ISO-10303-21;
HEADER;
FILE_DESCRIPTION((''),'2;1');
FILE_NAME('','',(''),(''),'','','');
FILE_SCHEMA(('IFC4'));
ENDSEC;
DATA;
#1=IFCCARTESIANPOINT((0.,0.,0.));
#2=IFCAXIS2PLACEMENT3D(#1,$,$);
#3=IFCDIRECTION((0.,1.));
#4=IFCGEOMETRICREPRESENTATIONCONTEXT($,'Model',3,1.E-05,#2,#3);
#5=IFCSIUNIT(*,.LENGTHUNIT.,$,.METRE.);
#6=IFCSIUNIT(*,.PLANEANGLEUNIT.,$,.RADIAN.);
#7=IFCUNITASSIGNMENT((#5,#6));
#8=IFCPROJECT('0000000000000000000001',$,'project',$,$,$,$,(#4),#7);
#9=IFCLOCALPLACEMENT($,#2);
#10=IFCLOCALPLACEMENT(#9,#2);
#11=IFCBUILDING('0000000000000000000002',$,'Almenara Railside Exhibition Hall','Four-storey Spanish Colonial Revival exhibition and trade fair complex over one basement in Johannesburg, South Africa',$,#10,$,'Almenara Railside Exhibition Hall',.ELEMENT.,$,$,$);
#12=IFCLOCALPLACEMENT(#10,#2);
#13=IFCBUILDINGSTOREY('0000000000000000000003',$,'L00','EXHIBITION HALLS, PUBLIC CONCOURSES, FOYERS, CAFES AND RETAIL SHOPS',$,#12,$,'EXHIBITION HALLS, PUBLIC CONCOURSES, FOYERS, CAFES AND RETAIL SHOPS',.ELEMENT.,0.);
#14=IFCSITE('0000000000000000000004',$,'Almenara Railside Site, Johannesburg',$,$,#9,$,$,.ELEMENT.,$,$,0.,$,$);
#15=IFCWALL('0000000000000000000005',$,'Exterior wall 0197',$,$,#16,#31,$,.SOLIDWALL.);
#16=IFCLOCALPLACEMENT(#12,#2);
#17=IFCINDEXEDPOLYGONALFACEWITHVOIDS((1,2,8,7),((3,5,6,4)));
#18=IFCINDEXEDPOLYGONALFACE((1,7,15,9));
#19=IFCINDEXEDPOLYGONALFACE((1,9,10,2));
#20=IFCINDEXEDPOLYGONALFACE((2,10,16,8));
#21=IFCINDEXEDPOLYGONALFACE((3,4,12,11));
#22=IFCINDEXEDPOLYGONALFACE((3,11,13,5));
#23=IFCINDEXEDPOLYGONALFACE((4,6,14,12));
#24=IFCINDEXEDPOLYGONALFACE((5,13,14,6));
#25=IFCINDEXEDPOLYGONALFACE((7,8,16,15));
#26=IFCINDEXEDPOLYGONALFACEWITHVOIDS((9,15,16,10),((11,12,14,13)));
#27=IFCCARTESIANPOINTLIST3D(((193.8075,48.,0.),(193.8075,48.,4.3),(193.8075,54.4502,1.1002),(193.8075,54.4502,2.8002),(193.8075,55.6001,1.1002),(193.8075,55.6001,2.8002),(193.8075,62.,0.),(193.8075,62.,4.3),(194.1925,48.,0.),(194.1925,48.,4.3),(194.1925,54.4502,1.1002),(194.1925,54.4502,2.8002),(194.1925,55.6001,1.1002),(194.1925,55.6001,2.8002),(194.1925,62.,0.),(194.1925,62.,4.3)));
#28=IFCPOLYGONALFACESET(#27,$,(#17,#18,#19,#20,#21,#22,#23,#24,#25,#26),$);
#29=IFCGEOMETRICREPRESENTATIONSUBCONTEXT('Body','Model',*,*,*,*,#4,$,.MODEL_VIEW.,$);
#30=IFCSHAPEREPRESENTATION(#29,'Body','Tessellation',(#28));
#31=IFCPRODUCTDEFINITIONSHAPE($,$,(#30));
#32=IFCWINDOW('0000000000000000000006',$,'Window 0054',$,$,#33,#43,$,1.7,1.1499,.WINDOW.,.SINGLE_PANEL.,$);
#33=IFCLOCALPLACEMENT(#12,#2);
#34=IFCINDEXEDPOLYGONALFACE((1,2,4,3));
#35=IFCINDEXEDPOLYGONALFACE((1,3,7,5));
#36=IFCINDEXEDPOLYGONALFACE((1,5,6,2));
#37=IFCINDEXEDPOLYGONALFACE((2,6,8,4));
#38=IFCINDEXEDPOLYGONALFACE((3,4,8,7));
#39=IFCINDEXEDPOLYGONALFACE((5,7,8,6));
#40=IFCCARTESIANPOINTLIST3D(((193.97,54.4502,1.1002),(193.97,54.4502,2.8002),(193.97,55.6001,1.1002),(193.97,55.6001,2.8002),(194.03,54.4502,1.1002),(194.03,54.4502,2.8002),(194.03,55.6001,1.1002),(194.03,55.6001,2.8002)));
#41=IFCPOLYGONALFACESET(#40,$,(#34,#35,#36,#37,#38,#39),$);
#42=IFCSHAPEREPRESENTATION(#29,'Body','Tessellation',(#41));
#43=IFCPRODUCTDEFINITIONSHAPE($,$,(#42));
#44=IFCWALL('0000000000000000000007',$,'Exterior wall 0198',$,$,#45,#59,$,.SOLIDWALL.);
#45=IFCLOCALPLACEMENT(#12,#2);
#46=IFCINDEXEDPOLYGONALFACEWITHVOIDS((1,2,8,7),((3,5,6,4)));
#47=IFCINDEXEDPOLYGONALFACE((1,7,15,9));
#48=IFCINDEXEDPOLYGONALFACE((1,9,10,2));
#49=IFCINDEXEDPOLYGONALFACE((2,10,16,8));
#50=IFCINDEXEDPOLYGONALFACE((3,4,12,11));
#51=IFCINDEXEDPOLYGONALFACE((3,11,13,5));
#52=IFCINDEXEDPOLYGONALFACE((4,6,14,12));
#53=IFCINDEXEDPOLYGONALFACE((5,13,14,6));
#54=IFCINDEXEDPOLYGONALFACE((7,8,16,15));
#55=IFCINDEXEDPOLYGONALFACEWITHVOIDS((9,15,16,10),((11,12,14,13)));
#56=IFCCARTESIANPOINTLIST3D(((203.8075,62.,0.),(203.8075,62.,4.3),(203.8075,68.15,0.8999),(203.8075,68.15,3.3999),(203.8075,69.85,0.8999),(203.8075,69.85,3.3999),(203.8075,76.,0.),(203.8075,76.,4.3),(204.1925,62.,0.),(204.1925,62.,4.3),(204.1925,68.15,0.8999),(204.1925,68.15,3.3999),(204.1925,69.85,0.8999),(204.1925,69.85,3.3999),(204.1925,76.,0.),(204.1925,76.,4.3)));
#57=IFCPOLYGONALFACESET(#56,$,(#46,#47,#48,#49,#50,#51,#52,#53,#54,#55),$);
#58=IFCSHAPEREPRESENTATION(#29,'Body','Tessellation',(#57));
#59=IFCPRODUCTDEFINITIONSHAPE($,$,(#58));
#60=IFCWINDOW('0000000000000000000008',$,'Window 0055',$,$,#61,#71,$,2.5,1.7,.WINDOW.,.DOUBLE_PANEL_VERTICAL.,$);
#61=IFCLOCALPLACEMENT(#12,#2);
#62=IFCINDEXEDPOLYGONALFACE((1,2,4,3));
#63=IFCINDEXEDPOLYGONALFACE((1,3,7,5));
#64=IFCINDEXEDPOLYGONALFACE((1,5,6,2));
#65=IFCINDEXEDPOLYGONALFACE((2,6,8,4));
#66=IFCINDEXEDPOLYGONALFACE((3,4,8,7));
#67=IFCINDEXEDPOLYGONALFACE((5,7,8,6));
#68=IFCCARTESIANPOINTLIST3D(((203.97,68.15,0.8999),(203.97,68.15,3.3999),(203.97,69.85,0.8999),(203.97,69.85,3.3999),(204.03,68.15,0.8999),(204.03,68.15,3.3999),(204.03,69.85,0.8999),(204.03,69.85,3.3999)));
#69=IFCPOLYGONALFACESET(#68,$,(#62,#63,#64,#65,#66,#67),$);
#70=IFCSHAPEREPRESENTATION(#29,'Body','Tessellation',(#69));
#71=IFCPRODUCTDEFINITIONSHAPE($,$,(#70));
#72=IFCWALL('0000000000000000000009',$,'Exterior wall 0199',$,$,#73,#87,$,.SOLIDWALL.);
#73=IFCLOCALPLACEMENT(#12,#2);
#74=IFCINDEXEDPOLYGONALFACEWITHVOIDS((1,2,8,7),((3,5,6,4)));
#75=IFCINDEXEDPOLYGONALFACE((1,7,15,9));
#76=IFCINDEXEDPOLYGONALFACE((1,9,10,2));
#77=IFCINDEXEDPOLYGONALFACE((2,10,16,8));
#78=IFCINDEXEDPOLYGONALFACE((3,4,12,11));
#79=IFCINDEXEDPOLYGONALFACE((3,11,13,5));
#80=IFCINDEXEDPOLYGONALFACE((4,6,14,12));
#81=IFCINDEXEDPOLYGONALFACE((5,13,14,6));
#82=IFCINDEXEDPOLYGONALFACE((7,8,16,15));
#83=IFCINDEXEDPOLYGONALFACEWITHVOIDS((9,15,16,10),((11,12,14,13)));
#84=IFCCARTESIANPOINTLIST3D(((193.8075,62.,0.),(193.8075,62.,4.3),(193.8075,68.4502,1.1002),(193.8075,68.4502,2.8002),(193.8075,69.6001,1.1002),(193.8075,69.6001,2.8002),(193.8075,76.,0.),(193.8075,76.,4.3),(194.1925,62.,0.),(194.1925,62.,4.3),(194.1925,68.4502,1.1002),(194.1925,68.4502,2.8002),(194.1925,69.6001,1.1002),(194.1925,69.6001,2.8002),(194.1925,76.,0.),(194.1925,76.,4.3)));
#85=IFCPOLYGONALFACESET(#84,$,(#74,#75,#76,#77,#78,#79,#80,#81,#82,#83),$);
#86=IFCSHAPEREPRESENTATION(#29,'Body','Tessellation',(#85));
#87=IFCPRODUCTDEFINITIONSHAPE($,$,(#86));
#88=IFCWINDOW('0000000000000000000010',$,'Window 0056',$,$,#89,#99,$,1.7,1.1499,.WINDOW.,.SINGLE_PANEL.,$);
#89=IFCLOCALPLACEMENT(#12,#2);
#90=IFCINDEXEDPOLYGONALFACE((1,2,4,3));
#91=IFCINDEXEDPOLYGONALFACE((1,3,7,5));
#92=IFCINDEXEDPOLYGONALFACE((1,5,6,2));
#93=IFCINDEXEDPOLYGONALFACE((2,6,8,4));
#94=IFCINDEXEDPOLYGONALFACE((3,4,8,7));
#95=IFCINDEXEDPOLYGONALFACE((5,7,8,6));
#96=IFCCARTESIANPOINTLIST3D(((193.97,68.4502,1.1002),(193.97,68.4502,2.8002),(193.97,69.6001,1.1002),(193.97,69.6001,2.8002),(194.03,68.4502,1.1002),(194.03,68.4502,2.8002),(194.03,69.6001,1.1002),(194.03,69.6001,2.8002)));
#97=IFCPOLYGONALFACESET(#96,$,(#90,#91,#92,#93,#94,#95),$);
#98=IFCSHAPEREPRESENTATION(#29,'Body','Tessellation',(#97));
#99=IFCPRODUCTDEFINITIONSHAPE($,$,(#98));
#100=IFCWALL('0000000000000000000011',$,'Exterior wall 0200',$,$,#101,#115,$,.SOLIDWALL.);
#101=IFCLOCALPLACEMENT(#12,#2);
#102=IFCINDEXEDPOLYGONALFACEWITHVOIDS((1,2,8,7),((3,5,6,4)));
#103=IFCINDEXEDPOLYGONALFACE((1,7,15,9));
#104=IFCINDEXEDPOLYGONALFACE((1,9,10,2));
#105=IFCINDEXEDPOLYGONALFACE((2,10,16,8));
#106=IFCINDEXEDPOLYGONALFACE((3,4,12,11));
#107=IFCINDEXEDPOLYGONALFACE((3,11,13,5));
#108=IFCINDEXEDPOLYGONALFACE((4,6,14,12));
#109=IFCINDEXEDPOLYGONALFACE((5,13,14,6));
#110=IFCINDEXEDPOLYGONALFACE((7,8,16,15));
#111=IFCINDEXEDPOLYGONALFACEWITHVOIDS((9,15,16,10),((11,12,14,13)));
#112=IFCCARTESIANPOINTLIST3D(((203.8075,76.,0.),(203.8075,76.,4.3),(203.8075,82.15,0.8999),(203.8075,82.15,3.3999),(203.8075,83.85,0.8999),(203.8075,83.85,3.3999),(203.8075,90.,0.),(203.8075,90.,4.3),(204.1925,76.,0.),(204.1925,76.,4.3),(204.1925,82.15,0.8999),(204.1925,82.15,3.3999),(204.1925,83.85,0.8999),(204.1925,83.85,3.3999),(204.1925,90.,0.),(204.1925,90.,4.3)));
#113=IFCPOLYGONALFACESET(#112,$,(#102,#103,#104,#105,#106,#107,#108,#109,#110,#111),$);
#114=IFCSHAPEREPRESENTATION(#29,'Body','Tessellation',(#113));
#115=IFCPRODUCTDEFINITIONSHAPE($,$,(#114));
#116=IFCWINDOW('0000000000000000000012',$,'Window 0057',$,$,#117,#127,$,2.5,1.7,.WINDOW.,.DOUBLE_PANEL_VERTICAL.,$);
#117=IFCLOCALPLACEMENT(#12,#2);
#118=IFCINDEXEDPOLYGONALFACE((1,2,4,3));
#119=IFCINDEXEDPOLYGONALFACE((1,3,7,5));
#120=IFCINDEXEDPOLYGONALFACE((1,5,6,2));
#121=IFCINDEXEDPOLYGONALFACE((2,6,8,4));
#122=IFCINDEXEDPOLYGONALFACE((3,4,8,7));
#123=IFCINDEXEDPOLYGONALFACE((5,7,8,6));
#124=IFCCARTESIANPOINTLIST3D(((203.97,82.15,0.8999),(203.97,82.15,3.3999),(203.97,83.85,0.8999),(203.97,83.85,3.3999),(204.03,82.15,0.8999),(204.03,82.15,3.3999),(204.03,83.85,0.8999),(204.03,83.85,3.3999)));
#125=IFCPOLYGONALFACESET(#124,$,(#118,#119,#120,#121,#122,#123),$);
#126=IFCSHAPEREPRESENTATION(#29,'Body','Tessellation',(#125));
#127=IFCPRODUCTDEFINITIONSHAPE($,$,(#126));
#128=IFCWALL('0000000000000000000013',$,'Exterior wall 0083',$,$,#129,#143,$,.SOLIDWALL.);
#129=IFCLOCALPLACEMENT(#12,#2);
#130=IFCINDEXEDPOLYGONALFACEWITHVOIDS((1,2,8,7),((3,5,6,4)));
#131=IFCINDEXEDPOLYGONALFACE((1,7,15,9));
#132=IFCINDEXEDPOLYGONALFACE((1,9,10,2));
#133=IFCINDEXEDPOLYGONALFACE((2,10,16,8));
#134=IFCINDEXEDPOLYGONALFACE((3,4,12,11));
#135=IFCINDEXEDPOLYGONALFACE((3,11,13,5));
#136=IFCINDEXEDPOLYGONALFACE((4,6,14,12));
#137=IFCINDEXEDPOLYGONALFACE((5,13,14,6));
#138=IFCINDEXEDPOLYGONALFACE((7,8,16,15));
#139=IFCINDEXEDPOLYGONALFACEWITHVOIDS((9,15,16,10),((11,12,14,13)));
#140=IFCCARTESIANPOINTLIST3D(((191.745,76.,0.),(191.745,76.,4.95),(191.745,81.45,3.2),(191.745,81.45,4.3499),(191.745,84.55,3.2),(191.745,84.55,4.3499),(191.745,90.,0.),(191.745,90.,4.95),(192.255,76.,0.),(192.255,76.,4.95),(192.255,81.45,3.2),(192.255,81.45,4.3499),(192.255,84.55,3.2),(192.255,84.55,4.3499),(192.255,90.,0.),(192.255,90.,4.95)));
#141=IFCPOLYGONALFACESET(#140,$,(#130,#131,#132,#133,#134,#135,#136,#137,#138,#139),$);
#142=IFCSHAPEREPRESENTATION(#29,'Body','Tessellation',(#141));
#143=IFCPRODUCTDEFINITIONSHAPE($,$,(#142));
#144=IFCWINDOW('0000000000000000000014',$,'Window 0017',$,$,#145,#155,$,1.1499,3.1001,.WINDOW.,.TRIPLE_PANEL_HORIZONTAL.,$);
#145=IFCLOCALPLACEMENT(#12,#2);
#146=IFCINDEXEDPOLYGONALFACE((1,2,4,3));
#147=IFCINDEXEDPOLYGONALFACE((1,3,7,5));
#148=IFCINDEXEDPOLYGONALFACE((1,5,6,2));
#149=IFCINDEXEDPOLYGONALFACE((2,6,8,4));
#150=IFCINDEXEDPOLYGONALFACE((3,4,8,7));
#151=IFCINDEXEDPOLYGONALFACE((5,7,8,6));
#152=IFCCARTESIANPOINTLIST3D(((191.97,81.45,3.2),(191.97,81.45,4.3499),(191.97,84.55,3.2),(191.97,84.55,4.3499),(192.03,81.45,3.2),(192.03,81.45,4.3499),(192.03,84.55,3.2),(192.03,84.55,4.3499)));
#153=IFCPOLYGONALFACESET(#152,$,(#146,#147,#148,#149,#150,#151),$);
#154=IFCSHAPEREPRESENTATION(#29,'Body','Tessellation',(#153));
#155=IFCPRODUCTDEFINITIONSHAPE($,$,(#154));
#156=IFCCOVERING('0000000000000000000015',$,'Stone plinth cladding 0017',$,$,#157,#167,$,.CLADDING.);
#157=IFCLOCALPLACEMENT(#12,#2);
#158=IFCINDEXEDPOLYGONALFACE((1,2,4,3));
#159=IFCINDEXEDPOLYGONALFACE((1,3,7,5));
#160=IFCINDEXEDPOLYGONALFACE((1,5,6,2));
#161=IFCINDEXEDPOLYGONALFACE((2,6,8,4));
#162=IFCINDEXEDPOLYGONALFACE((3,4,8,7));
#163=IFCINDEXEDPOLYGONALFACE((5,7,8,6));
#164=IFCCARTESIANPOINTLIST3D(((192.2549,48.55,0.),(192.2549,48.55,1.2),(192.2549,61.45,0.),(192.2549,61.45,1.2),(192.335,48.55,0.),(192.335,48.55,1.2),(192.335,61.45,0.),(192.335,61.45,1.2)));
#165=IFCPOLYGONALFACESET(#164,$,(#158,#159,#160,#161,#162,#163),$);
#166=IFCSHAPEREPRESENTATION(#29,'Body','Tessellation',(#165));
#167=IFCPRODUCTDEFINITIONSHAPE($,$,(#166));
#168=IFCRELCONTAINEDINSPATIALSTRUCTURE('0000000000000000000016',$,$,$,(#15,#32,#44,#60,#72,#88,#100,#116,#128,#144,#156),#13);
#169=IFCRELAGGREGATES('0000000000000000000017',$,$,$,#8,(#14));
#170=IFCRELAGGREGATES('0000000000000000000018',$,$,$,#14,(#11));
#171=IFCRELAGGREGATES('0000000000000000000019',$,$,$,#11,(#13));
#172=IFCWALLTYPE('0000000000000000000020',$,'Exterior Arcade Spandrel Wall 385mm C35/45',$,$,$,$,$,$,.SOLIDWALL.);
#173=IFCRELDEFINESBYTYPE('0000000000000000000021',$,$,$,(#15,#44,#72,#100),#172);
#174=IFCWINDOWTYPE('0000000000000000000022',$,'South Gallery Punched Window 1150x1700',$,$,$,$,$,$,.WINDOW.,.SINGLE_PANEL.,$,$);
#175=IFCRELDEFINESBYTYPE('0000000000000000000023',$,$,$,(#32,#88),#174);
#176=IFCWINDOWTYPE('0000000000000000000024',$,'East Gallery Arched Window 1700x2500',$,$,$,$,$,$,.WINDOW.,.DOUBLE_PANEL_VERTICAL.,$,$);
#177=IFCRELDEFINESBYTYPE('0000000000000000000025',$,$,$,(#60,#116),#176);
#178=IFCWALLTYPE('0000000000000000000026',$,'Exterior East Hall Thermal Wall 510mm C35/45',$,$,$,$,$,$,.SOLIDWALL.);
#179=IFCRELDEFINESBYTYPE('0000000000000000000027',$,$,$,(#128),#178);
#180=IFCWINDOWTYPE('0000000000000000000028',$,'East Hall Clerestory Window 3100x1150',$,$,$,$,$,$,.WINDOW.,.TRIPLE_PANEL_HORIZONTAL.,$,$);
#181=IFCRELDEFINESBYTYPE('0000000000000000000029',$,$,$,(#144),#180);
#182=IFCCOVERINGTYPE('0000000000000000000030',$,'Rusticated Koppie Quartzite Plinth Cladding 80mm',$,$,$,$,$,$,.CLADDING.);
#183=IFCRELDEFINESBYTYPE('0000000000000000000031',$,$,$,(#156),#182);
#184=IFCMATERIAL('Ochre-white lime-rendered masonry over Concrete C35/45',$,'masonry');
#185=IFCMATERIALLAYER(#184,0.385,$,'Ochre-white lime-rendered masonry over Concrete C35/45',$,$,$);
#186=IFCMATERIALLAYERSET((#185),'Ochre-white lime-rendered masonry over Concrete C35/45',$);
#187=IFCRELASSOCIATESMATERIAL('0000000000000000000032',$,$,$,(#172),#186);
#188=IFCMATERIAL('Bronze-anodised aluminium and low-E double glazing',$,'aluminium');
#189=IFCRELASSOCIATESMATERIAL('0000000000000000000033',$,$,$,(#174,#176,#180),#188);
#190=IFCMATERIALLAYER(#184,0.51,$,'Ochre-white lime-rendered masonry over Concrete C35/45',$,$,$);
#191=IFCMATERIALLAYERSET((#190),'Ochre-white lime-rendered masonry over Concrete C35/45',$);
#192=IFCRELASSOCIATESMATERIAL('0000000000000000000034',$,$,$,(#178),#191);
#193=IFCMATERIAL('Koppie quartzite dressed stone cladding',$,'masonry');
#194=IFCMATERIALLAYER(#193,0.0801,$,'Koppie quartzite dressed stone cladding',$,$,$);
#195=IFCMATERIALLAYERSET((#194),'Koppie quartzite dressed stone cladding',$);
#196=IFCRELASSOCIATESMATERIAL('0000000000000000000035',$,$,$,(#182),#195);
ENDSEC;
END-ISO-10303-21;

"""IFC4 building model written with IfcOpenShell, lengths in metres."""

from ifc_helpers import new_model, si_unit, direction, frame, frame_2d, origin, origin_2d, place, context, subcontext, project, spatial, rectangle, extrude, material, layer, layer_set, type_object, element, fill, save


model = new_model("IFC4")

# Units and contexts
model_context = context("Model", 3, precision=1e-05, world=origin(), true_north=direction((0.0, 1.0)))
body_context = subcontext(model_context, "Body", "Model", "MODEL_VIEW")
ifc_project = project(units=[si_unit("LENGTHUNIT", "METRE"), si_unit("PLANEANGLEUNIT", "RADIAN")], contexts=[model_context])

# Site, building, storey
site_placement = place(None, origin())
site = spatial("IfcSite", under=ifc_project, at=site_placement, Name="Almenara Railside Site, Johannesburg", CompositionType="ELEMENT", RefElevation=0.0)
building_placement = place(site_placement, origin())
building = spatial("IfcBuilding", under=site, at=building_placement, Name="Almenara Railside Exhibition Hall", Description="Four-storey Spanish Colonial Revival exhibition and trade fair complex over one basement in Johannesburg, South Africa", LongName="Almenara Railside Exhibition Hall", CompositionType="ELEMENT")
storey_placement = place(building_placement, origin())
storey = spatial("IfcBuildingStorey", under=building, at=storey_placement, Name="L00", Description="EXHIBITION HALLS, PUBLIC CONCOURSES, FOYERS, CAFES AND RETAIL SHOPS", LongName="EXHIBITION HALLS, PUBLIC CONCOURSES, FOYERS, CAFES AND RETAIL SHOPS", CompositionType="ELEMENT", Elevation=0.0)

# Walls, openings, windows
ifc_material_1 = material(Name="Ochre-white lime-rendered masonry over Concrete C35/45", Category="masonry")
ifc_layer_1 = layer(ifc_material_1, 0.385, Name="Ochre-white lime-rendered masonry over Concrete C35/45")
ifc_layer_set_1 = layer_set([ifc_layer_1], Name="Ochre-white lime-rendered masonry over Concrete C35/45")
wall_type_1 = type_object("IfcWallType", Name="Exterior Arcade Spandrel Wall 385mm C35/45", PredefinedType="SOLIDWALL", material=ifc_layer_set_1)
wall_1_placement = place(storey_placement, frame((194.0, 62.0, 0.0), z_axis=(0.0, 0.0, 1.0), x_axis=(0.0, -1.0, 0.0)))
wall_1 = element("IfcWall", 1, at=wall_1_placement, inside=storey, type_object=wall_type_1, Name="Exterior wall 0197", PredefinedType="SOLIDWALL", context=body_context, shape_type="SweptSolid", body=[
    extrude(rectangle(XDim=14.0, YDim=0.385, at=frame_2d((7.0, 0.0))), origin(), (0.0, 0.0, 1.0), 4.3),
])
opening_1_placement = place(wall_1_placement, frame((6.3999, 0.0, 1.1001)))
opening_1 = element("IfcOpeningElement", 2, at=opening_1_placement, cuts=wall_1, PredefinedType="OPENING", context=body_context, shape_type="SweptSolid", body=[
    extrude(rectangle(XDim=1.1499, YDim=1.7, at=frame_2d((0.575, 0.8501))), frame((0.0, 0.2024, 0.0), z_axis=(0.0, -1.0, 0.0), x_axis=(1.0, 0.0, 0.0)), (0.0, 0.0, 1.0), 0.405),
])
ifc_material_2 = material(Name="Bronze-anodised aluminium and low-E double glazing", Category="aluminium")
window_type_1 = type_object("IfcWindowType", Name="South Gallery Punched Window 1150x1700", PartitioningType="SINGLE_PANEL", PredefinedType="WINDOW", material=ifc_material_2)
window_1_placement = place(opening_1_placement, origin())
window_1 = element("IfcWindow", 3, at=window_1_placement, inside=storey, type_object=window_type_1, Name="Window 0054", OverallHeight=1.7, OverallWidth=1.1499, PartitioningType="SINGLE_PANEL", PredefinedType="WINDOW", context=body_context, shape_type="SweptSolid", body=[
    extrude(rectangle(XDim=1.1499, YDim=1.7, at=frame_2d((0.575, 0.8501))), frame((0.0, 0.03, 0.0), z_axis=(0.0, -1.0, 0.0), x_axis=(1.0, 0.0, 0.0)), (0.0, 0.0, 1.0), 0.0601),
])
fill(opening_1, window_1)
wall_2_placement = place(storey_placement, frame((204.0, 62.0, 0.0), z_axis=(0.0, 0.0, 1.0), x_axis=(0.0, 1.0, 0.0)))
wall_2 = element("IfcWall", 4, at=wall_2_placement, inside=storey, type_object=wall_type_1, Name="Exterior wall 0198", PredefinedType="SOLIDWALL", context=body_context, shape_type="SweptSolid", body=[
    extrude(rectangle(XDim=14.0, YDim=0.385, at=frame_2d((7.0, 0.0))), origin(), (0.0, 0.0, 1.0), 4.3),
])
opening_2_placement = place(wall_2_placement, frame((6.1499, 0.0, 0.8999)))
opening_2 = element("IfcOpeningElement", 5, at=opening_2_placement, cuts=wall_2, PredefinedType="OPENING", context=body_context, shape_type="SweptSolid", body=[
    extrude(rectangle(XDim=1.7, YDim=2.5, at=frame_2d((0.8501, 1.25))), frame((0.0, 0.2024, 0.0), z_axis=(0.0, -1.0, 0.0), x_axis=(1.0, 0.0, 0.0)), (0.0, 0.0, 1.0), 0.405),
])
window_type_2 = type_object("IfcWindowType", Name="East Gallery Arched Window 1700x2500", PartitioningType="DOUBLE_PANEL_VERTICAL", PredefinedType="WINDOW", material=ifc_material_2)
window_2_placement = place(opening_2_placement, origin())
window_2 = element("IfcWindow", 6, at=window_2_placement, inside=storey, type_object=window_type_2, Name="Window 0055", OverallHeight=2.5, OverallWidth=1.7, PartitioningType="DOUBLE_PANEL_VERTICAL", PredefinedType="WINDOW", context=body_context, shape_type="SweptSolid", body=[
    extrude(rectangle(XDim=1.7, YDim=2.5, at=frame_2d((0.8501, 1.25))), frame((0.0, 0.03, 0.0), z_axis=(0.0, -1.0, 0.0), x_axis=(1.0, 0.0, 0.0)), (0.0, 0.0, 1.0), 0.0601),
])
fill(opening_2, window_2)
wall_3_placement = place(storey_placement, frame((194.0, 76.0, 0.0), z_axis=(0.0, 0.0, 1.0), x_axis=(0.0, -1.0, 0.0)))
wall_3 = element("IfcWall", 7, at=wall_3_placement, inside=storey, type_object=wall_type_1, Name="Exterior wall 0199", PredefinedType="SOLIDWALL", context=body_context, shape_type="SweptSolid", body=[
    extrude(rectangle(XDim=14.0, YDim=0.385, at=frame_2d((7.0, 0.0))), origin(), (0.0, 0.0, 1.0), 4.3),
])
opening_3_placement = place(wall_3_placement, frame((6.3999, 0.0, 1.1001)))
opening_3 = element("IfcOpeningElement", 8, at=opening_3_placement, cuts=wall_3, PredefinedType="OPENING", context=body_context, shape_type="SweptSolid", body=[
    extrude(rectangle(XDim=1.1499, YDim=1.7, at=frame_2d((0.575, 0.8501))), frame((0.0, 0.2024, 0.0), z_axis=(0.0, -1.0, 0.0), x_axis=(1.0, 0.0, 0.0)), (0.0, 0.0, 1.0), 0.405),
])
window_3_placement = place(opening_3_placement, origin())
window_3 = element("IfcWindow", 9, at=window_3_placement, inside=storey, type_object=window_type_1, Name="Window 0056", OverallHeight=1.7, OverallWidth=1.1499, PartitioningType="SINGLE_PANEL", PredefinedType="WINDOW", context=body_context, shape_type="SweptSolid", body=[
    extrude(rectangle(XDim=1.1499, YDim=1.7, at=frame_2d((0.575, 0.8501))), frame((0.0, 0.03, 0.0), z_axis=(0.0, -1.0, 0.0), x_axis=(1.0, 0.0, 0.0)), (0.0, 0.0, 1.0), 0.0601),
])
fill(opening_3, window_3)
wall_4_placement = place(storey_placement, frame((204.0, 76.0, 0.0), z_axis=(0.0, 0.0, 1.0), x_axis=(0.0, 1.0, 0.0)))
wall_4 = element("IfcWall", 10, at=wall_4_placement, inside=storey, type_object=wall_type_1, Name="Exterior wall 0200", PredefinedType="SOLIDWALL", context=body_context, shape_type="SweptSolid", body=[
    extrude(rectangle(XDim=14.0, YDim=0.385, at=frame_2d((7.0, 0.0))), origin(), (0.0, 0.0, 1.0), 4.3),
])
opening_4_placement = place(wall_4_placement, frame((6.1499, 0.0, 0.8999)))
opening_4 = element("IfcOpeningElement", 11, at=opening_4_placement, cuts=wall_4, PredefinedType="OPENING", context=body_context, shape_type="SweptSolid", body=[
    extrude(rectangle(XDim=1.7, YDim=2.5, at=frame_2d((0.8501, 1.25))), frame((0.0, 0.2024, 0.0), z_axis=(0.0, -1.0, 0.0), x_axis=(1.0, 0.0, 0.0)), (0.0, 0.0, 1.0), 0.405),
])
window_4_placement = place(opening_4_placement, origin())
window_4 = element("IfcWindow", 12, at=window_4_placement, inside=storey, type_object=window_type_2, Name="Window 0057", OverallHeight=2.5, OverallWidth=1.7, PartitioningType="DOUBLE_PANEL_VERTICAL", PredefinedType="WINDOW", context=body_context, shape_type="SweptSolid", body=[
    extrude(rectangle(XDim=1.7, YDim=2.5, at=frame_2d((0.8501, 1.25))), frame((0.0, 0.03, 0.0), z_axis=(0.0, -1.0, 0.0), x_axis=(1.0, 0.0, 0.0)), (0.0, 0.0, 1.0), 0.0601),
])
fill(opening_4, window_4)
ifc_layer_2 = layer(ifc_material_1, 0.51, Name="Ochre-white lime-rendered masonry over Concrete C35/45")
ifc_layer_set_2 = layer_set([ifc_layer_2], Name="Ochre-white lime-rendered masonry over Concrete C35/45")
wall_type_2 = type_object("IfcWallType", Name="Exterior East Hall Thermal Wall 510mm C35/45", PredefinedType="SOLIDWALL", material=ifc_layer_set_2)
wall_5_placement = place(storey_placement, frame((192.0, 76.0, 0.0), z_axis=(0.0, 0.0, 1.0), x_axis=(0.0, 1.0, 0.0)))
wall_5 = element("IfcWall", 13, at=wall_5_placement, inside=storey, type_object=wall_type_2, Name="Exterior wall 0083", PredefinedType="SOLIDWALL", context=body_context, shape_type="SweptSolid", body=[
    extrude(rectangle(XDim=14.0, YDim=0.51, at=frame_2d((7.0, 0.0))), origin(), (0.0, 0.0, 1.0), 4.95),
])
opening_5_placement = place(wall_5_placement, frame((5.45, 0.0, 3.2)))
opening_5 = element("IfcOpeningElement", 14, at=opening_5_placement, cuts=wall_5, PredefinedType="OPENING", context=body_context, shape_type="SweptSolid", body=[
    extrude(rectangle(XDim=3.1001, YDim=1.1499, at=frame_2d((1.55, 0.575))), frame((0.0, 0.2649, 0.0), z_axis=(0.0, -1.0, 0.0), x_axis=(1.0, 0.0, 0.0)), (0.0, 0.0, 1.0), 0.53),
])
window_type_3 = type_object("IfcWindowType", Name="East Hall Clerestory Window 3100x1150", PartitioningType="TRIPLE_PANEL_HORIZONTAL", PredefinedType="WINDOW", material=ifc_material_2)
window_5_placement = place(opening_5_placement, origin())
window_5 = element("IfcWindow", 15, at=window_5_placement, inside=storey, type_object=window_type_3, Name="Window 0017", OverallHeight=1.1499, OverallWidth=3.1001, PartitioningType="TRIPLE_PANEL_HORIZONTAL", PredefinedType="WINDOW", context=body_context, shape_type="SweptSolid", body=[
    extrude(rectangle(XDim=3.1001, YDim=1.1499, at=frame_2d((1.55, 0.575))), frame((0.0, 0.03, 0.0), z_axis=(0.0, -1.0, 0.0), x_axis=(1.0, 0.0, 0.0)), (0.0, 0.0, 1.0), 0.0601),
])
fill(opening_5, window_5)

# Covering
ifc_material_3 = material(Name="Koppie quartzite dressed stone cladding", Category="masonry")
ifc_layer_3 = layer(ifc_material_3, 0.0801, Name="Koppie quartzite dressed stone cladding")
ifc_layer_set_3 = layer_set([ifc_layer_3], Name="Koppie quartzite dressed stone cladding")
covering_type = type_object("IfcCoveringType", Name="Rusticated Koppie Quartzite Plinth Cladding 80mm", PredefinedType="CLADDING", material=ifc_layer_set_3)
for number, where, z_axis, x_axis, name in (
    (16, (192.2949, 55.0, 0.0), (0.0, 0.0, 1.0), (0.0, 1.0, 0.0), "Stone plinth cladding 0017"),
):
    element("IfcCovering", number, at=place(storey_placement, frame(where, z_axis=z_axis, x_axis=x_axis)), inside=storey, type_object=covering_type, Name=name, PredefinedType="CLADDING", context=body_context, shape_type="SweptSolid", body=[
        extrude(rectangle(XDim=12.8999, YDim=0.0801, at=origin_2d()), origin(), (0.0, 0.0, 1.0), 1.2),
    ])

save(model, "model.ifc")
